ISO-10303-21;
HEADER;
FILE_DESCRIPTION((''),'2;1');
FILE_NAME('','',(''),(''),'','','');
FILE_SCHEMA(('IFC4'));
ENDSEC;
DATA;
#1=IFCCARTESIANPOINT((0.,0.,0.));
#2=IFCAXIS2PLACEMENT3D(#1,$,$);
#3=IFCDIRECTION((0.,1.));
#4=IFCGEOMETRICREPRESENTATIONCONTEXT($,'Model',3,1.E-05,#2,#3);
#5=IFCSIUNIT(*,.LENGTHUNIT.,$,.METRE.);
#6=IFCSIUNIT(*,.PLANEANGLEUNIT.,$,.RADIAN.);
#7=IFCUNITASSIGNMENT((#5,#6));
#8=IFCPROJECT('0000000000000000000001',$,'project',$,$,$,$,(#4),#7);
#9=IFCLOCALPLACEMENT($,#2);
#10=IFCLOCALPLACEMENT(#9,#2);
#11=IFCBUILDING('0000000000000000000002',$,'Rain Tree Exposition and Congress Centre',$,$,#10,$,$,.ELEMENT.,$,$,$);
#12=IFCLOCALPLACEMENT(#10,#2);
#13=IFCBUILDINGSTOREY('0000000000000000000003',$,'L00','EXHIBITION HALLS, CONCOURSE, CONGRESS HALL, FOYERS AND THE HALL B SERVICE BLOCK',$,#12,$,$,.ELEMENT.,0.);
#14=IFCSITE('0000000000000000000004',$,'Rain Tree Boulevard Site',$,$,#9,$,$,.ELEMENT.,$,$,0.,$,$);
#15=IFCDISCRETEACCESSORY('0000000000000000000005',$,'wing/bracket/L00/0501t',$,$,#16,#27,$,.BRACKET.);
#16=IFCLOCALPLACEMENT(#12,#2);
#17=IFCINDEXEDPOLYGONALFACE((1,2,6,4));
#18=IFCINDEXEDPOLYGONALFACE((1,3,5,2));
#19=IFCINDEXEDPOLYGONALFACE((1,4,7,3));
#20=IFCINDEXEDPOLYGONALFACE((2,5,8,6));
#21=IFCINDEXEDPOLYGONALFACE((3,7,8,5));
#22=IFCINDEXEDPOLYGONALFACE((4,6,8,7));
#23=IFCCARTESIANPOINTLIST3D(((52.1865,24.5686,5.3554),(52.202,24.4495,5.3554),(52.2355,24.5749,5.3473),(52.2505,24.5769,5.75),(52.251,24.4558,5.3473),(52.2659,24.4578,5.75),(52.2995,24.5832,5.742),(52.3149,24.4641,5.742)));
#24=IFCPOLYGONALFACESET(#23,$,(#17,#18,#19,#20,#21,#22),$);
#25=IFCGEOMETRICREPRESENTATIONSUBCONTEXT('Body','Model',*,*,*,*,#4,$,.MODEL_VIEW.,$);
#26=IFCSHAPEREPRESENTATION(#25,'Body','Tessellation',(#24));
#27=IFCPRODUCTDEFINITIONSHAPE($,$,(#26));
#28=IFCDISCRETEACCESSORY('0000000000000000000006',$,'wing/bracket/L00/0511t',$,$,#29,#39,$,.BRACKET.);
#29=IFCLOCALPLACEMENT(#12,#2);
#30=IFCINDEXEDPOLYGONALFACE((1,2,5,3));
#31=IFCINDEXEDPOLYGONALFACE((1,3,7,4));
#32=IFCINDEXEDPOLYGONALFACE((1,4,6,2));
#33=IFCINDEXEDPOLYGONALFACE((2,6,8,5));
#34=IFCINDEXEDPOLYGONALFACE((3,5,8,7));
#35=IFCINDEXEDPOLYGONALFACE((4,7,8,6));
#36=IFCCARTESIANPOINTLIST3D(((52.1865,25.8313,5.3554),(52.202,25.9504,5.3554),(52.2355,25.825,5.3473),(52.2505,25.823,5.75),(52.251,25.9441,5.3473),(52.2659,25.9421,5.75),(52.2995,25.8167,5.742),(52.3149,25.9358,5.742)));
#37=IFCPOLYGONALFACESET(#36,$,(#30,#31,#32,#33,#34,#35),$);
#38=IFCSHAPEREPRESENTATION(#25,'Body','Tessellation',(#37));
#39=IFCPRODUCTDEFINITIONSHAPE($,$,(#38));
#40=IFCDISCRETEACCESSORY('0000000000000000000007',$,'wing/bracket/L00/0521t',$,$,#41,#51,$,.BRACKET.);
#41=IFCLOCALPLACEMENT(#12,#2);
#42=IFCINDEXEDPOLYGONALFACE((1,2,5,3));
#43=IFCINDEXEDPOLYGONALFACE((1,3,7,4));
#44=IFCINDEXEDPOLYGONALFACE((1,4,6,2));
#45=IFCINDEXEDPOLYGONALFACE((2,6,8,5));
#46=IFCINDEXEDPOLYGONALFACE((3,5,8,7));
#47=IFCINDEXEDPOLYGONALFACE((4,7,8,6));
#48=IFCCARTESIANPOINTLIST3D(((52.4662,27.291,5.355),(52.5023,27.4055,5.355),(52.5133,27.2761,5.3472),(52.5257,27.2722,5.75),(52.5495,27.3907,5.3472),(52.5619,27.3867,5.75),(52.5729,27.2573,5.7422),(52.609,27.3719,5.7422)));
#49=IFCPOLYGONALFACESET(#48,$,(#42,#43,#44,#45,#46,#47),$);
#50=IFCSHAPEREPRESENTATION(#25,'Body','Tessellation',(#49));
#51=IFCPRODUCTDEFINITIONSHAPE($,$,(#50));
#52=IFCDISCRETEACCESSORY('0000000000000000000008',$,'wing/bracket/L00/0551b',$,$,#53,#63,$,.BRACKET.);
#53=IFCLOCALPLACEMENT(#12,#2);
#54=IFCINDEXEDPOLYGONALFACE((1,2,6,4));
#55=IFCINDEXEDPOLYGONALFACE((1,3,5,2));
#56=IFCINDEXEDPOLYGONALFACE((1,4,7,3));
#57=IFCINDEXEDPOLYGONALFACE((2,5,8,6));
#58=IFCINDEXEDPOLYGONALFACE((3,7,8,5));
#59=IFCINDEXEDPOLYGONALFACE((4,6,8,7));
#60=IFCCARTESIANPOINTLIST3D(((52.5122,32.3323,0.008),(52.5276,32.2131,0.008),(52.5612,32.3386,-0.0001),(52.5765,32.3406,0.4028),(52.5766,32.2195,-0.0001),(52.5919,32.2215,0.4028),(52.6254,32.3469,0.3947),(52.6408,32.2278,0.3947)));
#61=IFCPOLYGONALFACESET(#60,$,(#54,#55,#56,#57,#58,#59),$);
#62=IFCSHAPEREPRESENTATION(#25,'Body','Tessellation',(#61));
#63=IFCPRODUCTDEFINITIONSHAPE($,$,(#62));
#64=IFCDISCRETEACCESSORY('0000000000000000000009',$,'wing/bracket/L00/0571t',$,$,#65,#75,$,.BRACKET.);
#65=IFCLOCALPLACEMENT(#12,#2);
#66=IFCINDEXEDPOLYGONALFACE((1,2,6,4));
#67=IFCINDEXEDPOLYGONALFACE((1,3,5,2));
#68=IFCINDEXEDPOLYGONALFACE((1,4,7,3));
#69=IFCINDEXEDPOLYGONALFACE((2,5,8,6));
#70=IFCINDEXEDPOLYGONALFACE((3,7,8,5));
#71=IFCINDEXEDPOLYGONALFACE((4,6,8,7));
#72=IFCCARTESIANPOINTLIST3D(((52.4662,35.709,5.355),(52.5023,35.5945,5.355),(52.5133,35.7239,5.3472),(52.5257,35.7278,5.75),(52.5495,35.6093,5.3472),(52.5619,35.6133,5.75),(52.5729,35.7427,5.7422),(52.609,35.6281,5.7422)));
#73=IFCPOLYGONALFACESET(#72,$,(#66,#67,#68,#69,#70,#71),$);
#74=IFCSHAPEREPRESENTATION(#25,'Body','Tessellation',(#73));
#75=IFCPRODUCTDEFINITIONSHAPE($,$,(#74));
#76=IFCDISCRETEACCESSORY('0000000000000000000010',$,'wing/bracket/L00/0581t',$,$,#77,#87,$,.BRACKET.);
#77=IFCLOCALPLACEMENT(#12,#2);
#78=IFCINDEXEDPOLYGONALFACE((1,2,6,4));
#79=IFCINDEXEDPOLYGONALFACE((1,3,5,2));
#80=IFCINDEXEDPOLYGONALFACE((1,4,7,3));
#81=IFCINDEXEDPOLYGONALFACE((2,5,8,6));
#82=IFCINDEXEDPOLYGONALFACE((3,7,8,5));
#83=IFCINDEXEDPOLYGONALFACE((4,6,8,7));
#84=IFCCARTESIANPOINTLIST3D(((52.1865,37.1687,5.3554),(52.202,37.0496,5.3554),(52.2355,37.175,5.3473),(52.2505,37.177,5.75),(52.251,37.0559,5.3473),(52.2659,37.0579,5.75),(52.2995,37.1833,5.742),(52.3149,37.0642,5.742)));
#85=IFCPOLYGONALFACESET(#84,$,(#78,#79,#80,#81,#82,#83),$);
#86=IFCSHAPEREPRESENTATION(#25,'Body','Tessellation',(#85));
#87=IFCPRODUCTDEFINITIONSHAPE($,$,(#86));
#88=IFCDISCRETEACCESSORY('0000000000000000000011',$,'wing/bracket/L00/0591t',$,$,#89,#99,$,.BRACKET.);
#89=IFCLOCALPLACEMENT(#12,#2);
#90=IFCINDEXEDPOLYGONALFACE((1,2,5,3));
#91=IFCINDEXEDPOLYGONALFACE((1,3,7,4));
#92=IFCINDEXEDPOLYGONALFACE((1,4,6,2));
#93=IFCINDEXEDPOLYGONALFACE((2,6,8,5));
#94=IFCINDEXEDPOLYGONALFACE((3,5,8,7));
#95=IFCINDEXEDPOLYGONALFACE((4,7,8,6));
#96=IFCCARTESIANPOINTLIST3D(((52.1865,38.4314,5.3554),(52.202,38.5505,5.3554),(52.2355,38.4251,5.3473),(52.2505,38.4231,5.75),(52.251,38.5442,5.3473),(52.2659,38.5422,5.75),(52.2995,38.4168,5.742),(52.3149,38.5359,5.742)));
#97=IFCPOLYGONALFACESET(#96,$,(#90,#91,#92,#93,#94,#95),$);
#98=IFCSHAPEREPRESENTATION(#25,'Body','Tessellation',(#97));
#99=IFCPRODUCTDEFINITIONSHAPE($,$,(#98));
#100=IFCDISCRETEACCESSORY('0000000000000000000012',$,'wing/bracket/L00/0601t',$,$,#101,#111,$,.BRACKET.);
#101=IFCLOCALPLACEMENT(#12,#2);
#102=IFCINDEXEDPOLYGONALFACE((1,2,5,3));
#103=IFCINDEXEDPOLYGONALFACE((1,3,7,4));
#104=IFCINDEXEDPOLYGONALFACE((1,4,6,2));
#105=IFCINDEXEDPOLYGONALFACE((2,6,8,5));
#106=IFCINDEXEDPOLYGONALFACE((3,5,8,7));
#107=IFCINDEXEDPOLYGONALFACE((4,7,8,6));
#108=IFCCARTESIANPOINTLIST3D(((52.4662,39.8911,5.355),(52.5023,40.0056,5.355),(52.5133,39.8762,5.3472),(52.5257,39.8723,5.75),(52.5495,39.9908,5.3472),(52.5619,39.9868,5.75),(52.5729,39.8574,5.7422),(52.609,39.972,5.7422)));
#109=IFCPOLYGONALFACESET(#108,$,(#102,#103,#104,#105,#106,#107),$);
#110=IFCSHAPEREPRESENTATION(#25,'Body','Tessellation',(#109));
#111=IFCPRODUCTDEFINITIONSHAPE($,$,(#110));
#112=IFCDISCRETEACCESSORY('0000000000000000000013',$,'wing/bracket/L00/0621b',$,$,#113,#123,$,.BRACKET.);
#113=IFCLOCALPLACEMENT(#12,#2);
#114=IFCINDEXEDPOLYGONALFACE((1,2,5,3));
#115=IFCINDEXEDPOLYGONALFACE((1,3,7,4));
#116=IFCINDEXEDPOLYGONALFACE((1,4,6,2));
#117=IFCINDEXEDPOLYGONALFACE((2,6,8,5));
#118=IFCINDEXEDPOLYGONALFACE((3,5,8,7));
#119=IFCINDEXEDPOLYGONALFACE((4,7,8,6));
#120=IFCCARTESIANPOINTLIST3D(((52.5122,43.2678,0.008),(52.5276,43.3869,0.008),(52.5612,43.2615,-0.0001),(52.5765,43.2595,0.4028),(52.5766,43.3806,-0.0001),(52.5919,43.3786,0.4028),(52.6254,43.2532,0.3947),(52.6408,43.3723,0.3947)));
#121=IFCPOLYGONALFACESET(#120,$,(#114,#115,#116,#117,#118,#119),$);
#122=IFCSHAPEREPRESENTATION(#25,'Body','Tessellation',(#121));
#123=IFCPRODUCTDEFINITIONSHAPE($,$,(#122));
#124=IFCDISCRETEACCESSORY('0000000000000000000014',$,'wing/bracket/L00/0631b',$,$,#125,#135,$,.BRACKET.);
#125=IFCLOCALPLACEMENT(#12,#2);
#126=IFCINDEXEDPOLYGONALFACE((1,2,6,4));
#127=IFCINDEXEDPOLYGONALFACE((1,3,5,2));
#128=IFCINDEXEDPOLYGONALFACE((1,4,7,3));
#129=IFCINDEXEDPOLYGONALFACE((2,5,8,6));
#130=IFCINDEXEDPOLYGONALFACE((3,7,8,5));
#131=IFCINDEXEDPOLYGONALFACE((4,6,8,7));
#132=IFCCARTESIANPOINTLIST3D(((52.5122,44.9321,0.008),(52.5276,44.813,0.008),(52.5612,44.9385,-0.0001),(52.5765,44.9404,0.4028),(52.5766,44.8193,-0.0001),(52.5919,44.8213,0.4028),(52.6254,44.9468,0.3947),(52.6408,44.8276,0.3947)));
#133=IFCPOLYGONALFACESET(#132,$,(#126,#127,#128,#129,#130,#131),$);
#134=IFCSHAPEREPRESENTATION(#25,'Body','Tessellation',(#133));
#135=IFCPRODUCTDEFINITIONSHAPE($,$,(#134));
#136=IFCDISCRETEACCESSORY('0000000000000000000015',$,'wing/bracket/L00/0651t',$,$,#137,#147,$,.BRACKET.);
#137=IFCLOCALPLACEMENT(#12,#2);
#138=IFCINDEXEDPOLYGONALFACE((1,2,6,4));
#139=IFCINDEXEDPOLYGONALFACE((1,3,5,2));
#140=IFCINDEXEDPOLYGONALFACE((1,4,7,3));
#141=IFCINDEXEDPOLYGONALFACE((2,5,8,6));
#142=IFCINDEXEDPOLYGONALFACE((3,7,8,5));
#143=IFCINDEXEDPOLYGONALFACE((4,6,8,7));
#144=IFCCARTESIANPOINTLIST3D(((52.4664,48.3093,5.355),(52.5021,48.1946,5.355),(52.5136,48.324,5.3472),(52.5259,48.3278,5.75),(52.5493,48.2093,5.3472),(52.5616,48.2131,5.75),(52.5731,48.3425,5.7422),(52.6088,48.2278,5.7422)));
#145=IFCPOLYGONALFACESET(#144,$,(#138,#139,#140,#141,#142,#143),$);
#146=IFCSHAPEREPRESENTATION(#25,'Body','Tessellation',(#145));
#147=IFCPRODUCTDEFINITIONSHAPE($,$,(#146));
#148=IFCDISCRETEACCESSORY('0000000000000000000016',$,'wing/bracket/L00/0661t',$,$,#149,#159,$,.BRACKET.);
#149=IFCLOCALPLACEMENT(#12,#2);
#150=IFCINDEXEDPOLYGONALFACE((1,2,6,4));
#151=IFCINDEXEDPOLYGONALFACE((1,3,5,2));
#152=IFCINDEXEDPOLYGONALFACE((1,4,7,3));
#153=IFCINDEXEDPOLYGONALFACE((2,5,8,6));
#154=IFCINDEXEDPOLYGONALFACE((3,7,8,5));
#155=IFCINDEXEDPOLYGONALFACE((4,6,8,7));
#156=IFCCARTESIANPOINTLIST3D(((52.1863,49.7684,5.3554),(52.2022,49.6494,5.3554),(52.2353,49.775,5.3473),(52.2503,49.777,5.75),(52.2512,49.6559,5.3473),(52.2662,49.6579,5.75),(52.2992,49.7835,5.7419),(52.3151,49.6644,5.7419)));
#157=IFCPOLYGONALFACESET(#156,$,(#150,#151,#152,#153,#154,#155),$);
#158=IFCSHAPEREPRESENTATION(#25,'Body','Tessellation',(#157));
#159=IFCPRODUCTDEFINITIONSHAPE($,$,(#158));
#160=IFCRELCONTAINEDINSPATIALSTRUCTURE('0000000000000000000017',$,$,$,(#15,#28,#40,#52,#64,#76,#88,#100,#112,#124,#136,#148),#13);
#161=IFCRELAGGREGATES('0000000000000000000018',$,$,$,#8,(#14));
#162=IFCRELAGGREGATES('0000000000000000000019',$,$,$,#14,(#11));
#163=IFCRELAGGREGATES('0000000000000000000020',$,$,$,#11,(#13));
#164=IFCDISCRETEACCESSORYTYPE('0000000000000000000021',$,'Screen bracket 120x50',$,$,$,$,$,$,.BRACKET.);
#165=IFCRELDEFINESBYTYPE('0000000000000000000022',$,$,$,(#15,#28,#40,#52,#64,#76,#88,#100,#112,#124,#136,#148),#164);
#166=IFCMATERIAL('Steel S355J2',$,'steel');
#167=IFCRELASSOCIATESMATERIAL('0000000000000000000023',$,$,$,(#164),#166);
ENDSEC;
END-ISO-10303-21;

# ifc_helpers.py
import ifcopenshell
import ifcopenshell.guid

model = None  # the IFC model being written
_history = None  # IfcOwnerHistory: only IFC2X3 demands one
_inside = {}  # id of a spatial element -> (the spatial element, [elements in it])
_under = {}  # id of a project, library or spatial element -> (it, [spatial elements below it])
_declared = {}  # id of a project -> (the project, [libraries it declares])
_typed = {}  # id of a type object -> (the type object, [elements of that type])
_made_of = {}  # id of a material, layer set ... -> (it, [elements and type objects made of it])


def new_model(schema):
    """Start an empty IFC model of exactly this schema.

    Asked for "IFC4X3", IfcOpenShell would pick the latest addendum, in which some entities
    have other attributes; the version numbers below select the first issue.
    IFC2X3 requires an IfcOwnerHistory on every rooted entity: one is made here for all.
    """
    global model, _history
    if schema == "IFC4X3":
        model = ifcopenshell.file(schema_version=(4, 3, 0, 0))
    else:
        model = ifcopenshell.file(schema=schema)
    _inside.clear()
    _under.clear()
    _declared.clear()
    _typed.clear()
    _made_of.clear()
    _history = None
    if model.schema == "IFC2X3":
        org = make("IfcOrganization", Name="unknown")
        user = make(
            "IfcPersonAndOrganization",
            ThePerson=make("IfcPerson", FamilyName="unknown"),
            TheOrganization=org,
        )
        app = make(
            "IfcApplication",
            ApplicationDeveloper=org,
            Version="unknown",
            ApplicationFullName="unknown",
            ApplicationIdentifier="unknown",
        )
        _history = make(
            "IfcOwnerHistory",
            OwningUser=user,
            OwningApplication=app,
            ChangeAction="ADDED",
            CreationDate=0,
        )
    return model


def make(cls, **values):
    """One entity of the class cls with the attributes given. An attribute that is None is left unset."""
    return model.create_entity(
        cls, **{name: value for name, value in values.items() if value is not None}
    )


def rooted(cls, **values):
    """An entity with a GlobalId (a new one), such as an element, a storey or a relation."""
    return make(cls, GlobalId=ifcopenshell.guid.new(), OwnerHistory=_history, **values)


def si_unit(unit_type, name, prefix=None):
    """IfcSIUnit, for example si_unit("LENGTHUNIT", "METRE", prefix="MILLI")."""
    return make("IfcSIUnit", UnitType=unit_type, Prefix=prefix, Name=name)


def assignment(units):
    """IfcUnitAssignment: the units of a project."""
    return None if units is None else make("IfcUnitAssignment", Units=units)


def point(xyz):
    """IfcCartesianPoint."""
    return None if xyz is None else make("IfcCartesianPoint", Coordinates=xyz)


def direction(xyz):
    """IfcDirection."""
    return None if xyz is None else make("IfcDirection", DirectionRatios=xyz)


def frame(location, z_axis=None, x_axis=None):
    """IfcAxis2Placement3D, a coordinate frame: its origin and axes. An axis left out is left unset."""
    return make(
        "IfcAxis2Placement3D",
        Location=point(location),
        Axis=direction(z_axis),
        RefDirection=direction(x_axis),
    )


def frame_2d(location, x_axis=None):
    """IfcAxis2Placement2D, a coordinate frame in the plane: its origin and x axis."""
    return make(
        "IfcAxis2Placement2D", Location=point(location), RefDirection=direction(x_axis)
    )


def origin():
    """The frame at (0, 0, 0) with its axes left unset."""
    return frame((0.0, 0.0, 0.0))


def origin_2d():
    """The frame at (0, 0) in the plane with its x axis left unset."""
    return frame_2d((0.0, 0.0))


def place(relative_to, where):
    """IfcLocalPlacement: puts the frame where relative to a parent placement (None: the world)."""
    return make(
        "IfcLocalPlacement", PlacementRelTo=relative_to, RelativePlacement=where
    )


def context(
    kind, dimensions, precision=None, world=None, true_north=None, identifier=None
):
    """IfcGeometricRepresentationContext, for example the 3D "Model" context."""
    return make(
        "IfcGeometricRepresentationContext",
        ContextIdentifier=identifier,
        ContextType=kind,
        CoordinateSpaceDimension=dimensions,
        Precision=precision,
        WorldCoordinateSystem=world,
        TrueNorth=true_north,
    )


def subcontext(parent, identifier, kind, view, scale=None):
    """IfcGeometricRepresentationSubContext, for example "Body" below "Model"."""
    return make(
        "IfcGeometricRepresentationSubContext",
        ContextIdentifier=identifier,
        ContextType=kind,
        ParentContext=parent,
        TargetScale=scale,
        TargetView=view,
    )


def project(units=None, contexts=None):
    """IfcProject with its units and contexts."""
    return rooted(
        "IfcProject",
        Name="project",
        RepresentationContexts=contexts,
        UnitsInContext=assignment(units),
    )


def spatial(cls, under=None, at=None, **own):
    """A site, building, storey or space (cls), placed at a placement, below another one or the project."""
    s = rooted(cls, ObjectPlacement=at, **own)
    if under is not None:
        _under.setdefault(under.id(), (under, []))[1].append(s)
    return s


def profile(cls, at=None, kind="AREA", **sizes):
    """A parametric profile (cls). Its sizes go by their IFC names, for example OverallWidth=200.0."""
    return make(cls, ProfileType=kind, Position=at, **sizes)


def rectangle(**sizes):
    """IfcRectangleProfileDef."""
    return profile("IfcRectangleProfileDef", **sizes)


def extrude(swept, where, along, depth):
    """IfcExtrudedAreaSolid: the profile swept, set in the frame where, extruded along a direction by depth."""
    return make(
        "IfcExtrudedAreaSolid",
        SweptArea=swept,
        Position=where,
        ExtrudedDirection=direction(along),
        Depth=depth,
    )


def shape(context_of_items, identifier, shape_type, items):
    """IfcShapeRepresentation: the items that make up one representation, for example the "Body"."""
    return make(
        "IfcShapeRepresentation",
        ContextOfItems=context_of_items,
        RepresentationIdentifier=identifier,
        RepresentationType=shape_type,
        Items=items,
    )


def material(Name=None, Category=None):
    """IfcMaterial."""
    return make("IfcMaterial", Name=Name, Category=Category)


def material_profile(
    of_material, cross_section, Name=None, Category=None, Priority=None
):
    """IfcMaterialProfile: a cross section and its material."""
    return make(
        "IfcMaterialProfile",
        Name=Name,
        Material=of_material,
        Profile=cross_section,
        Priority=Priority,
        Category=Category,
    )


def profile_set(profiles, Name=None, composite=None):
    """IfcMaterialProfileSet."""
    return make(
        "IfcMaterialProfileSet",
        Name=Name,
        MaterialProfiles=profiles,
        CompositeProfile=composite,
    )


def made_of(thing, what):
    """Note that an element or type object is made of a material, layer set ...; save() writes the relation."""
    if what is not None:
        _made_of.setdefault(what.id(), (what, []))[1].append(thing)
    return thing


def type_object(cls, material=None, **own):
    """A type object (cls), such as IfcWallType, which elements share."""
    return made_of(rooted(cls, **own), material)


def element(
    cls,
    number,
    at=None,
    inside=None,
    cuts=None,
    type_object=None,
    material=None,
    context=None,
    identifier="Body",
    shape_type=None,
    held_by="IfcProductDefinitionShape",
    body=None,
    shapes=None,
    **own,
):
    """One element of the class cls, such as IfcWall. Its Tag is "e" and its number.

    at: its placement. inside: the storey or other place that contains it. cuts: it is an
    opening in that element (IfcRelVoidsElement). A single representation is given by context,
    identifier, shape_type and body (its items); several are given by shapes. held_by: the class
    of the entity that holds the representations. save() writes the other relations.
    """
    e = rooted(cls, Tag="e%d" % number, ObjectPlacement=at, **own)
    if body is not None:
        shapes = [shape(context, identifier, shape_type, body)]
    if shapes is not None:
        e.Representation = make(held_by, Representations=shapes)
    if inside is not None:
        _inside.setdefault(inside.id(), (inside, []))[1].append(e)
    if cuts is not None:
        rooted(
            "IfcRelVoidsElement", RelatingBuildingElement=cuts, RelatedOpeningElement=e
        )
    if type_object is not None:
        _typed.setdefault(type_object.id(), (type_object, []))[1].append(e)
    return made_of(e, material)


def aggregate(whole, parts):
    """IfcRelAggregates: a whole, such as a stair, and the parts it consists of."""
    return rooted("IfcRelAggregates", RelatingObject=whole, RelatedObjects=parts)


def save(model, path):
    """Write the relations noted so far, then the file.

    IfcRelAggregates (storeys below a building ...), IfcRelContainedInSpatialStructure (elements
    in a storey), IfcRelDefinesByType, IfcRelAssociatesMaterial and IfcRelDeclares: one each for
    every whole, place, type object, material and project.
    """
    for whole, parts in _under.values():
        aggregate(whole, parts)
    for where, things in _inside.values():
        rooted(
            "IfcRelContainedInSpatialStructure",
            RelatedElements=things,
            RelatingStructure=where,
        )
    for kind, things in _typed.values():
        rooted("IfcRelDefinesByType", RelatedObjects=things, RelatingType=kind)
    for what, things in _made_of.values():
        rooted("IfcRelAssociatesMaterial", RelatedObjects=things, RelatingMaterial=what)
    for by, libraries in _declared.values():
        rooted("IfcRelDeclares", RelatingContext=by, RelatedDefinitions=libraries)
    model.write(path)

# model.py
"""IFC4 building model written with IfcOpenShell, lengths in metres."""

from ifc_helpers import new_model, si_unit, direction, frame, origin, origin_2d, place, context, subcontext, project, spatial, rectangle, extrude, material, material_profile, profile_set, type_object, element, save


model = new_model("IFC4")

# Units and contexts
model_context = context("Model", 3, precision=1e-05, world=origin(), true_north=direction((0.0, 1.0)))
body_context = subcontext(model_context, "Body", "Model", "MODEL_VIEW")
ifc_project = project(units=[si_unit("LENGTHUNIT", "METRE"), si_unit("PLANEANGLEUNIT", "RADIAN")], contexts=[model_context])

# Site, building, storey
site_placement = place(None, origin())
site = spatial("IfcSite", under=ifc_project, at=site_placement, Name="Rain Tree Boulevard Site", CompositionType="ELEMENT", RefElevation=0.0)
building_placement = place(site_placement, origin())
building = spatial("IfcBuilding", under=site, at=building_placement, Name="Rain Tree Exposition and Congress Centre", CompositionType="ELEMENT")
storey_placement = place(building_placement, origin())
storey = spatial("IfcBuildingStorey", under=building, at=storey_placement, Name="L00", Description="EXHIBITION HALLS, CONCOURSE, CONGRESS HALL, FOYERS AND THE HALL B SERVICE BLOCK", CompositionType="ELEMENT", Elevation=0.0)

# Discrete accessories
ifc_material_1 = material(Name="Steel S355J2", Category="steel")
ifc_material_profile = material_profile(ifc_material_1, rectangle(XDim=0.1201, YDim=0.05, at=origin_2d()), Name="Flat bar 120x50")
ifc_profile_set = profile_set([ifc_material_profile], Name="Steel S355J2")
discrete_accessory_type = type_object("IfcDiscreteAccessoryType", Name="Screen bracket 120x50", PredefinedType="BRACKET", material=ifc_profile_set)
for number, where, z_axis, x_axis, name in (
    (1, (52.2188, 24.5122, 5.3513), (0.159908, 0.020751, 0.986914), (-0.128692, 0.991685, 0.0), "wing/bracket/L00/0501t"),
    (2, (52.2188, 25.8877, 5.3513), (0.159908, -0.020751, 0.986914), (0.128692, 0.991685, 0.0), "wing/bracket/L00/0511t"),
    (3, (52.5078, 27.3408, 5.3511), (0.148953, -0.047006, 0.987726), (0.300944, 0.953642, 0.0), "wing/bracket/L00/0521t"),
):
    element("IfcDiscreteAccessory", number, at=place(storey_placement, frame(where, z_axis=z_axis, x_axis=x_axis)), inside=storey, type_object=discrete_accessory_type, Name=name, PredefinedType="BRACKET", context=body_context, shape_type="SweptSolid", body=[
        extrude(rectangle(XDim=0.1201, YDim=0.05, at=origin_2d()), origin(), (0.0, 0.0, 1.0), 0.3999),
    ])
discrete_accessory_placement = place(storey_placement, frame((52.5444, 32.2759, 0.0039), z_axis=(0.160503, 0.020749, 0.986817), x_axis=(-0.128211, 0.991747, 0.0)))
element("IfcDiscreteAccessory", 4, at=discrete_accessory_placement, inside=storey, type_object=discrete_accessory_type, Name="wing/bracket/L00/0551b", PredefinedType="BRACKET", context=body_context, shape_type="SweptSolid", body=[
    extrude(rectangle(XDim=0.1201, YDim=0.05, at=origin_2d()), origin(), (0.0, 0.0, 1.0), 0.4001),
])
for number, where, z_axis, x_axis, name in (
    (5, (52.5078, 35.6592, 5.3511), (0.148953, 0.047006, 0.987726), (-0.300944, 0.953642, 0.0), "wing/bracket/L00/0571t"),
    (6, (52.2188, 37.1123, 5.3513), (0.159908, 0.020751, 0.986914), (-0.128692, 0.991685, 0.0), "wing/bracket/L00/0581t"),
    (7, (52.2188, 38.4878, 5.3513), (0.159908, -0.020751, 0.986914), (0.128692, 0.991685, 0.0), "wing/bracket/L00/0591t"),
    (8, (52.5078, 39.9409, 5.3511), (0.148953, -0.047006, 0.987726), (0.300944, 0.953642, 0.0), "wing/bracket/L00/0601t"),
):
    element("IfcDiscreteAccessory", number, at=place(storey_placement, frame(where, z_axis=z_axis, x_axis=x_axis)), inside=storey, type_object=discrete_accessory_type, Name=name, PredefinedType="BRACKET", context=body_context, shape_type="SweptSolid", body=[
        extrude(rectangle(XDim=0.1201, YDim=0.05, at=origin_2d()), origin(), (0.0, 0.0, 1.0), 0.3999),
    ])
for number, where, z_axis, x_axis, name in (
    (9, (52.5444, 43.3242, 0.0039), (0.160503, -0.020749, 0.986817), (0.128211, 0.991747, 0.0), "wing/bracket/L00/0621b"),
    (10, (52.5444, 44.8757, 0.0039), (0.160503, 0.020749, 0.986817), (-0.128211, 0.991747, 0.0), "wing/bracket/L00/0631b"),
):
    element("IfcDiscreteAccessory", number, at=place(storey_placement, frame(where, z_axis=z_axis, x_axis=x_axis)), inside=storey, type_object=discrete_accessory_type, Name=name, PredefinedType="BRACKET", context=body_context, shape_type="SweptSolid", body=[
        extrude(rectangle(XDim=0.1201, YDim=0.05, at=origin_2d()), origin(), (0.0, 0.0, 1.0), 0.4001),
    ])
for number, where, z_axis, x_axis, name in (
    (11, (52.5078, 48.2593, 5.3511), (0.148957, 0.046396, 0.987755), (-0.297384, 0.954758, 0.0), "wing/bracket/L00/0651t"),
    (12, (52.2188, 49.7122, 5.3513), (0.159906, 0.021361, 0.986901), (-0.132412, 0.991195, 0.0), "wing/bracket/L00/0661t"),
):
    element("IfcDiscreteAccessory", number, at=place(storey_placement, frame(where, z_axis=z_axis, x_axis=x_axis)), inside=storey, type_object=discrete_accessory_type, Name=name, PredefinedType="BRACKET", context=body_context, shape_type="SweptSolid", body=[
        extrude(rectangle(XDim=0.1201, YDim=0.05, at=origin_2d()), origin(), (0.0, 0.0, 1.0), 0.3999),
    ])

save(model, "model.ifc")
